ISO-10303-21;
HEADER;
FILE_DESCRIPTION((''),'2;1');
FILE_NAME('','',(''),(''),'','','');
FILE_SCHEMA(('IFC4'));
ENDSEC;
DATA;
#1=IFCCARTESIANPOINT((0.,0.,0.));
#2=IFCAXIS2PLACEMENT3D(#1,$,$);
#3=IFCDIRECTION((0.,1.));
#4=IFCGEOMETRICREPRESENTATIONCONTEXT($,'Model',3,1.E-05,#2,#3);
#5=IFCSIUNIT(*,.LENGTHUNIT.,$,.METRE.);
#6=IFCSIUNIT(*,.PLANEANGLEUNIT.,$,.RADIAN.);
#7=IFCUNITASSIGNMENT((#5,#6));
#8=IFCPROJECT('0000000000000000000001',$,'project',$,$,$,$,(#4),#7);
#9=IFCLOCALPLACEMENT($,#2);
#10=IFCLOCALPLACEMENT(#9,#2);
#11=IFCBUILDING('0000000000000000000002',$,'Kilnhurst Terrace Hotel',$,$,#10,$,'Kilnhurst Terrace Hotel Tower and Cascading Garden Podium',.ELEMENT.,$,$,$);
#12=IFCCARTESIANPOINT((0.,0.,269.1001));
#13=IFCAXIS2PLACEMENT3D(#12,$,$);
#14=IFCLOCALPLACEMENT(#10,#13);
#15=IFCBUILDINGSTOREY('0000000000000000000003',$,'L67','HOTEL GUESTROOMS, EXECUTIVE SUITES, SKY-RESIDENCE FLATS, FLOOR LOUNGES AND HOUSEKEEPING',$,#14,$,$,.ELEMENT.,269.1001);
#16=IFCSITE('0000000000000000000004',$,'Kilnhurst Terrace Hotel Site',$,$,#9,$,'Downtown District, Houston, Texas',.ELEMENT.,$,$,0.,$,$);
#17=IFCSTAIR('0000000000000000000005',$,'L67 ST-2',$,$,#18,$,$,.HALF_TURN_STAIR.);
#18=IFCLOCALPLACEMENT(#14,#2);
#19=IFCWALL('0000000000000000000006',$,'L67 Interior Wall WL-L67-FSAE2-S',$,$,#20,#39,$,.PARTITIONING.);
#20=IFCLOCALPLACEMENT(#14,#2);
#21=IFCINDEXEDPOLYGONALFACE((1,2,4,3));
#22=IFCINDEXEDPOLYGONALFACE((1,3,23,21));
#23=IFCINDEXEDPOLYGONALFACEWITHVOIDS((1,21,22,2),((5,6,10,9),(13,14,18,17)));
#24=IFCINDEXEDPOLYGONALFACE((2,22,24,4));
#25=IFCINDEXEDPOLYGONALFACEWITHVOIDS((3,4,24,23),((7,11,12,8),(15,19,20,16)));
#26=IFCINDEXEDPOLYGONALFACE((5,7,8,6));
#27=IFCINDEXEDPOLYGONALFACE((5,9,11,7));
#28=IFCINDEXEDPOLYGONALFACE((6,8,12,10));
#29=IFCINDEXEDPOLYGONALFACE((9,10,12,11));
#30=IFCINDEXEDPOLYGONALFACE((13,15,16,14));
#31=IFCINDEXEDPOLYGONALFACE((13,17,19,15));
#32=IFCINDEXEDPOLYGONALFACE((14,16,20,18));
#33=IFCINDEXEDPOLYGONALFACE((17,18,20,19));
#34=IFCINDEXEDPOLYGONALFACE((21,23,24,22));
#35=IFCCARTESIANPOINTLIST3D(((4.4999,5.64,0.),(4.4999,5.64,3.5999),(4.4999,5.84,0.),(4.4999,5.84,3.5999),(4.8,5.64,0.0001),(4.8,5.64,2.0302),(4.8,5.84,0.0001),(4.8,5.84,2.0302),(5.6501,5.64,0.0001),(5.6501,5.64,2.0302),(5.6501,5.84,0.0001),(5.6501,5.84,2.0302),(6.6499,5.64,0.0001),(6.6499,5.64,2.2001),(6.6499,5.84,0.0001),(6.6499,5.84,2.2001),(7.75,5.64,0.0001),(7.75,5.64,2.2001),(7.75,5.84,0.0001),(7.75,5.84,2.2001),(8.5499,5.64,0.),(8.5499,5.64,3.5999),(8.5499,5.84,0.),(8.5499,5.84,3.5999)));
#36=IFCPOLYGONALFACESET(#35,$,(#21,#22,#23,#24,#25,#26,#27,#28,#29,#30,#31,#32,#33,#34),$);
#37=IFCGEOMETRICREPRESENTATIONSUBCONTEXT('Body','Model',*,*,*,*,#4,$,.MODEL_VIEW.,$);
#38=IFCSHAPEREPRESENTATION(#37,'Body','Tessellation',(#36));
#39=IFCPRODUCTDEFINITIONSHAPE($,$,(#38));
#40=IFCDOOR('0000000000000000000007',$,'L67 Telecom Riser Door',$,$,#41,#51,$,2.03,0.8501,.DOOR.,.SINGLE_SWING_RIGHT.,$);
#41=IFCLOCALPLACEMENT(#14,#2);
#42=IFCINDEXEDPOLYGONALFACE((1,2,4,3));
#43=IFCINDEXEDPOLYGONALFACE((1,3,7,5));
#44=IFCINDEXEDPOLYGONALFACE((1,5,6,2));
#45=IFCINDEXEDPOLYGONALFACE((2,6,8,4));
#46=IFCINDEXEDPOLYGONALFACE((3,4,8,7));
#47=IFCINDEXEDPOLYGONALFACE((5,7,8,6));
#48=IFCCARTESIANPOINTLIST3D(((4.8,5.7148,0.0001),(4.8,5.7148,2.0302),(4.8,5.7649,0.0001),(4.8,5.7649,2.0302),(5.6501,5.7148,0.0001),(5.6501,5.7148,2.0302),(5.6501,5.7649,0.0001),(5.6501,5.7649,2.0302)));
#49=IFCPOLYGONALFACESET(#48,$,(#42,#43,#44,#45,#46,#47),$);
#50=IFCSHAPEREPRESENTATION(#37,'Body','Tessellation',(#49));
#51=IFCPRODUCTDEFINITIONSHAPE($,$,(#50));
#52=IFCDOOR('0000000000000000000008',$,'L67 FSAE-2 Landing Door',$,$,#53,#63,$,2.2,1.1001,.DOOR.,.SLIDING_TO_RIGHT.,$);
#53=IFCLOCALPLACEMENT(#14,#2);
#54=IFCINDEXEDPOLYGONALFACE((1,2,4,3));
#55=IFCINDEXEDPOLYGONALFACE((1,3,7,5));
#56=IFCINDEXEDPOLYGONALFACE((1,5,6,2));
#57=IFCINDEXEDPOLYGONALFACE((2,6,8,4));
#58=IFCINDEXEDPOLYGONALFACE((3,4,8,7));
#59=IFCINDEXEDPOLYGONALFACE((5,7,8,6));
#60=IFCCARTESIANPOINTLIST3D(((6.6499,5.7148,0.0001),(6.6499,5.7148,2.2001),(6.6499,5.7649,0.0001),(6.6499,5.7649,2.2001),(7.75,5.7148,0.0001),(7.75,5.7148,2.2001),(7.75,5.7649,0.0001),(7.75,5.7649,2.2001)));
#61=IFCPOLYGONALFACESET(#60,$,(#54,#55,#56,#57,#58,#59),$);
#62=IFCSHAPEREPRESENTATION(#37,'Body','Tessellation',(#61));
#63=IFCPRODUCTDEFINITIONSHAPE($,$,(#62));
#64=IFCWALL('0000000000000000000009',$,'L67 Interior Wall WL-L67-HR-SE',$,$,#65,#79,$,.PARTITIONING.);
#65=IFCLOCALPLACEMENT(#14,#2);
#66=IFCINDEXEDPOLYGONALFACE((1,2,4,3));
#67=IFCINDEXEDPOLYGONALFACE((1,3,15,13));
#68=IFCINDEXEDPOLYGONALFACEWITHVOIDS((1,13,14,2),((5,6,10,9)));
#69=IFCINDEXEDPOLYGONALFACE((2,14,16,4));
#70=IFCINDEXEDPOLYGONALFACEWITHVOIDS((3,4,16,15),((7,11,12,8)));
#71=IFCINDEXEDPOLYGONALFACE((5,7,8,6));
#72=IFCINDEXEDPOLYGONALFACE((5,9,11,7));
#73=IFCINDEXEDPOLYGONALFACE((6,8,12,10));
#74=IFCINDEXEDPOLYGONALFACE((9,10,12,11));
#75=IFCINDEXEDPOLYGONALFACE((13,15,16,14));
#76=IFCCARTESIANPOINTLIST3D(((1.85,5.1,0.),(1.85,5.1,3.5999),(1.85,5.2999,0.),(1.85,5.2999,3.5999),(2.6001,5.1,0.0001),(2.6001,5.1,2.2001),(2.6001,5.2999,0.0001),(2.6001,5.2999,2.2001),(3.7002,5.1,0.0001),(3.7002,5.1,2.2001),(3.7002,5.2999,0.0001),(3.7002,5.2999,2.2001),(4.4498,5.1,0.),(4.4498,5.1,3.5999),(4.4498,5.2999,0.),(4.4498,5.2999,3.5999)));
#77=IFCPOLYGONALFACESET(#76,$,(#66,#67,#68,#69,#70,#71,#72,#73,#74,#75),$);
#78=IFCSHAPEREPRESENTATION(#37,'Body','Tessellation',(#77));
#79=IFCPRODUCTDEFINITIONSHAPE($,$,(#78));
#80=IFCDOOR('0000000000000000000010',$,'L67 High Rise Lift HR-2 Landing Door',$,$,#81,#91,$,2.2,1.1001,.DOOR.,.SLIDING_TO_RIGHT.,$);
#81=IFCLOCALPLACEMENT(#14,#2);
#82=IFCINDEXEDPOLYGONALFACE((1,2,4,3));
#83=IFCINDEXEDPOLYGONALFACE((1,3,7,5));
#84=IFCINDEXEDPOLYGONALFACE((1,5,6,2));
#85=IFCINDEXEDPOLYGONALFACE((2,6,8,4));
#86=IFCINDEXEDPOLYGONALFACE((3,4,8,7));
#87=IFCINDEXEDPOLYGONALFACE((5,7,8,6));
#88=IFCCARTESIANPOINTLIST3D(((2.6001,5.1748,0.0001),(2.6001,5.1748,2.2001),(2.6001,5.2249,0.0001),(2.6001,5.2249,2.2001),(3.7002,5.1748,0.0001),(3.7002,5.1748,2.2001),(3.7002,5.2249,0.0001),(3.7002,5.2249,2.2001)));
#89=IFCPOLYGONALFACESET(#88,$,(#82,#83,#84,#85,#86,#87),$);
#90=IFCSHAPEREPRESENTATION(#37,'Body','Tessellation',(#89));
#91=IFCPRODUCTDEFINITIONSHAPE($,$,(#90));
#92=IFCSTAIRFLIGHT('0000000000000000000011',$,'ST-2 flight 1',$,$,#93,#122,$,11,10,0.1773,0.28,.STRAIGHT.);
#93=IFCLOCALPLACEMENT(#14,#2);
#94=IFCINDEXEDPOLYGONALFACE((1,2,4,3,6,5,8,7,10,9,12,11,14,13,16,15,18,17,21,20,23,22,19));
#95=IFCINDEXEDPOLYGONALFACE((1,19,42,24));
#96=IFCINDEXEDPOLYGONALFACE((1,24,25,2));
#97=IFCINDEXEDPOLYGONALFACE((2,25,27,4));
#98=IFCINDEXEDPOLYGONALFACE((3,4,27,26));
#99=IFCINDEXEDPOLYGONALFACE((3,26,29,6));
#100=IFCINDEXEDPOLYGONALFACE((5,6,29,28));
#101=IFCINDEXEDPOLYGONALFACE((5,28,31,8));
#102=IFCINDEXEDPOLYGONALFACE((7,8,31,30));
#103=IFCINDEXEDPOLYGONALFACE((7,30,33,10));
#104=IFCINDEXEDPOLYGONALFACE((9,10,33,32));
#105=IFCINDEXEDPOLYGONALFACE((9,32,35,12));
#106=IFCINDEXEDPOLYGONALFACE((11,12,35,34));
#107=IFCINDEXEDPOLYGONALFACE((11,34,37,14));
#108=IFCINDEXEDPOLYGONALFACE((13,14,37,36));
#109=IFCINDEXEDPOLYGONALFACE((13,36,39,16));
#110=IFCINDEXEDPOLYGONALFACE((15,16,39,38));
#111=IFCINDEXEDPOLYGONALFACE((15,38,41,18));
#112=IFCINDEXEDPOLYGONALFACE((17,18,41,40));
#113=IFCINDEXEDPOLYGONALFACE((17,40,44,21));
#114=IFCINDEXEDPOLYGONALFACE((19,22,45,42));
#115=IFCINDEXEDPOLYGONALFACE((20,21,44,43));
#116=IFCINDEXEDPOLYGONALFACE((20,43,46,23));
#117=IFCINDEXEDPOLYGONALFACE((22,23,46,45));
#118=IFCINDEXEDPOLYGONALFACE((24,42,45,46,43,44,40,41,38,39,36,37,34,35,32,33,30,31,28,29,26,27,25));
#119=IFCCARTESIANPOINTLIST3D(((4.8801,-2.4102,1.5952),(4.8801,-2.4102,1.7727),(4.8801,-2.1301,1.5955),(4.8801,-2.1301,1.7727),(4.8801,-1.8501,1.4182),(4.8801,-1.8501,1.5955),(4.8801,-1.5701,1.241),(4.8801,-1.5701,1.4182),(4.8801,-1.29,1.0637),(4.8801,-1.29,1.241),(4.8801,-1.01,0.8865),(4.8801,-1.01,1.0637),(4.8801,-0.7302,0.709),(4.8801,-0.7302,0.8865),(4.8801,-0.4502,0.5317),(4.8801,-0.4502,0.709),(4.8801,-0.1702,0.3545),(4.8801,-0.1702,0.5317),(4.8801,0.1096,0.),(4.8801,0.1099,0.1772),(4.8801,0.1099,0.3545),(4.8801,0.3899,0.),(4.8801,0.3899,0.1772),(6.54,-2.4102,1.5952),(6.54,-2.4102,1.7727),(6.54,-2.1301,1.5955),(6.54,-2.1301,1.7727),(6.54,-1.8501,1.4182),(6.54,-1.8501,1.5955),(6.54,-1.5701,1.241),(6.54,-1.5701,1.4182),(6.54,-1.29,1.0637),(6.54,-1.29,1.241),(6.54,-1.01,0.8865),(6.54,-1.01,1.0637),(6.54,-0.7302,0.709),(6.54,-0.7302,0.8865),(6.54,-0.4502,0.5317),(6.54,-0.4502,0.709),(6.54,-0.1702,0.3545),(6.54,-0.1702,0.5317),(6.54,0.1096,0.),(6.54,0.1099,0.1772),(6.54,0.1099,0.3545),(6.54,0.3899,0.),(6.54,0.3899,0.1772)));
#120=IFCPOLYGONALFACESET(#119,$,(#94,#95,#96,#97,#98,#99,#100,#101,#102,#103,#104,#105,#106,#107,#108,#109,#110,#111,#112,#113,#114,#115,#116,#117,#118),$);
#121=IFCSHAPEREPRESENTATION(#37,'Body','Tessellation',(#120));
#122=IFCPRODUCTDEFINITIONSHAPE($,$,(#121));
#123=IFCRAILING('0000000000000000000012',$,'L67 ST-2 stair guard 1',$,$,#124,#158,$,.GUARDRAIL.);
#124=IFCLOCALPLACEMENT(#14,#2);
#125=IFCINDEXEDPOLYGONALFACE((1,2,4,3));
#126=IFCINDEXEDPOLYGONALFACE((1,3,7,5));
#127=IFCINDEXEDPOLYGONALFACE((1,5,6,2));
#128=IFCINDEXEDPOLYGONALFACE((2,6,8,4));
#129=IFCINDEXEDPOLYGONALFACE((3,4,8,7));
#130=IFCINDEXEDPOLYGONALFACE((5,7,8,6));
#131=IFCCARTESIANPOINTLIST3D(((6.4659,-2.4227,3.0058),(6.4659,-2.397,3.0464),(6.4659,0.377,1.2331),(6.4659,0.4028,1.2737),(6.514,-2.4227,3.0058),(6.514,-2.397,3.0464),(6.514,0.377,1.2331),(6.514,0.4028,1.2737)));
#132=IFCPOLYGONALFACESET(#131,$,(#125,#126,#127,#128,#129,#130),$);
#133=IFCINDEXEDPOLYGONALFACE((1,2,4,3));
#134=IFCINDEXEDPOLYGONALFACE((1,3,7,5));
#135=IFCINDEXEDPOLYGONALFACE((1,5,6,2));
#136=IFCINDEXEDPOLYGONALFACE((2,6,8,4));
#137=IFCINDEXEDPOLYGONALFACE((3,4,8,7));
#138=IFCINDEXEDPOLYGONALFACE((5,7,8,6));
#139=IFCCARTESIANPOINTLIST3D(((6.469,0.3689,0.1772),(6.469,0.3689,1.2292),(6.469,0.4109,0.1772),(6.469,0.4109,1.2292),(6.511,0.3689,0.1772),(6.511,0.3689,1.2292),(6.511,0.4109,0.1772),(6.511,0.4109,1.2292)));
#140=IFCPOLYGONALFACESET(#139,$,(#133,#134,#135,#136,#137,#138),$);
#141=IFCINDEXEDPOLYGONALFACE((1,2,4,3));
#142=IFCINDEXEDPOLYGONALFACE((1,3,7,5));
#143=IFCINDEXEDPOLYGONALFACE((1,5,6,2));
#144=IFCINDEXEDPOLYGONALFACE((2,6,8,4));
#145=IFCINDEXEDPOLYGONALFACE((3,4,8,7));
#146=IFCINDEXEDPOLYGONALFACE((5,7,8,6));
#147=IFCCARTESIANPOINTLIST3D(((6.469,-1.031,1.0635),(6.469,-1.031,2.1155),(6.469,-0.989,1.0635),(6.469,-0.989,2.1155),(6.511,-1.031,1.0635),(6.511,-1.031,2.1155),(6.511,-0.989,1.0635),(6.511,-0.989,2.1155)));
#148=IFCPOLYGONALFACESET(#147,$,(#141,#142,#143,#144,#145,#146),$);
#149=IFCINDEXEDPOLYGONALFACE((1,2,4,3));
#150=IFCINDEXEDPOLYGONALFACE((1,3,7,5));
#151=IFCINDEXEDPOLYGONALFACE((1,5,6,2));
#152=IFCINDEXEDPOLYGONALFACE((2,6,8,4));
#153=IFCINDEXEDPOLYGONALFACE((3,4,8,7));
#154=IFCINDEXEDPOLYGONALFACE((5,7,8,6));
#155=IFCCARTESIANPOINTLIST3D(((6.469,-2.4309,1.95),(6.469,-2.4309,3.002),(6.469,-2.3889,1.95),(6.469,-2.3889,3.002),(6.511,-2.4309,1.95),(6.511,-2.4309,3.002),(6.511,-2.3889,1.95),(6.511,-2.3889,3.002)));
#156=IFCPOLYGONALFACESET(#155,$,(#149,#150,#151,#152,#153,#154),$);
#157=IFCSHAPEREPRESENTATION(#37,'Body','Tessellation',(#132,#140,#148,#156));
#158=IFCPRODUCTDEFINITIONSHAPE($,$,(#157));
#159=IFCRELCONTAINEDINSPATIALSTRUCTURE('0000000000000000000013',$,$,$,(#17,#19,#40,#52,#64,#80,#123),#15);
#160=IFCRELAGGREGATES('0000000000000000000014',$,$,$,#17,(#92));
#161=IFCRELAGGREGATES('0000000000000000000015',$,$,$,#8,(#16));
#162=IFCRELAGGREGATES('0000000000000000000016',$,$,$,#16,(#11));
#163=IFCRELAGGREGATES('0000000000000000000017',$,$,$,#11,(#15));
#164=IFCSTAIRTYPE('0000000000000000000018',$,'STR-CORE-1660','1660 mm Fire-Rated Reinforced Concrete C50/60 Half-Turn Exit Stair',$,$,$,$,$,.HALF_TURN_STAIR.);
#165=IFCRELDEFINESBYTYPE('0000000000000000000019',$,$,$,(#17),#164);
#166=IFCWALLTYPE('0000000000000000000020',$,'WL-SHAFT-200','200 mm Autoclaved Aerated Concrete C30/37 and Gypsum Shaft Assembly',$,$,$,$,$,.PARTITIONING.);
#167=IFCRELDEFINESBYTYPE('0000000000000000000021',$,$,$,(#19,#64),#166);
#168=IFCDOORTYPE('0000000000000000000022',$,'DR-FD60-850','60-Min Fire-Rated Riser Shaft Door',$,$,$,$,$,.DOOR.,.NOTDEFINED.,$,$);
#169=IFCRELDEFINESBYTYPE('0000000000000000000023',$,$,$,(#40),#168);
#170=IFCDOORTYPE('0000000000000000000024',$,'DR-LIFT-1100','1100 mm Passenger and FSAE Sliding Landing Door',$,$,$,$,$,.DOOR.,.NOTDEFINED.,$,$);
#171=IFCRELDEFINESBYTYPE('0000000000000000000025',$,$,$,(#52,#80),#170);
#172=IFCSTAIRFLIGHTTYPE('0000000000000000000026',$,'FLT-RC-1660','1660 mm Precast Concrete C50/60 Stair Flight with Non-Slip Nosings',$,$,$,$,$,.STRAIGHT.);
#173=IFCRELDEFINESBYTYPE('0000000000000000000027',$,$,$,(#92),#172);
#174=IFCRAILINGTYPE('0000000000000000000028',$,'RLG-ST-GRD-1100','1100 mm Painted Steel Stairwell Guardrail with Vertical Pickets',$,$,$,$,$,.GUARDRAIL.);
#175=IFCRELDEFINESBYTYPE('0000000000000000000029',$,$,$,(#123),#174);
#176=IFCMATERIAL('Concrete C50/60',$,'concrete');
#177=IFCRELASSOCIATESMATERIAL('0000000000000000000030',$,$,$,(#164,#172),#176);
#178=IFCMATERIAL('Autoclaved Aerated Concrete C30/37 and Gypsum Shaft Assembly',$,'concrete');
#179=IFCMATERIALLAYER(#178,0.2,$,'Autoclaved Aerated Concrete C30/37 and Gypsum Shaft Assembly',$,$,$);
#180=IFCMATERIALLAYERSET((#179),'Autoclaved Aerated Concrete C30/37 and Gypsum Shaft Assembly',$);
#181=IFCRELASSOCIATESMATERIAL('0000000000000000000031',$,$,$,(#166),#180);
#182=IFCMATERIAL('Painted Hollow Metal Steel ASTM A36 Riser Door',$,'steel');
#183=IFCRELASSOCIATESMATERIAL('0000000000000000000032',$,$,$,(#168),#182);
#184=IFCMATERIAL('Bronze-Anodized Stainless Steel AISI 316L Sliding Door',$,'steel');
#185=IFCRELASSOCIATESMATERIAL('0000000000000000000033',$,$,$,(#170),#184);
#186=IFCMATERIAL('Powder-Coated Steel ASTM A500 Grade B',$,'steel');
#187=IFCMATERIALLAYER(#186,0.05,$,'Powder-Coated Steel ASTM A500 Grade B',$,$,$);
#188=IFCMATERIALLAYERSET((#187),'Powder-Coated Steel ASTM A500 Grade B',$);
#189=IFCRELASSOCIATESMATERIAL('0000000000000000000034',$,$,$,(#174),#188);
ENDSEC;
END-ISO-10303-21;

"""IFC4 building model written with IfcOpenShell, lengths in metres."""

from ifc_helpers import new_model, si_unit, direction, frame, frame_2d, origin, origin_2d, place, context, subcontext, project, spatial, polyline, rectangle, outline, extrude, material, layer, layer_set, type_object, element, fill, aggregate, save


model = new_model("IFC4")

# Units and contexts
model_context = context("Model", 3, precision=1e-05, world=origin(), true_north=direction((0.0, 1.0)))
body_context = subcontext(model_context, "Body", "Model", "MODEL_VIEW")
ifc_project = project(units=[si_unit("LENGTHUNIT", "METRE"), si_unit("PLANEANGLEUNIT", "RADIAN")], contexts=[model_context])

# Site, building, storey
site_placement = place(None, origin())
site = spatial("IfcSite", under=ifc_project, at=site_placement, Name="Kilnhurst Terrace Hotel Site", LongName="Downtown District, Houston, Texas", CompositionType="ELEMENT", RefElevation=0.0)
building_placement = place(site_placement, origin())
building = spatial("IfcBuilding", under=site, at=building_placement, Name="Kilnhurst Terrace Hotel", LongName="Kilnhurst Terrace Hotel Tower and Cascading Garden Podium", CompositionType="ELEMENT")
storey_placement = place(building_placement, frame((0.0, 0.0, 269.1001)))
storey = spatial("IfcBuildingStorey", under=building, at=storey_placement, Name="L67", Description="HOTEL GUESTROOMS, EXECUTIVE SUITES, SKY-RESIDENCE FLATS, FLOOR LOUNGES AND HOUSEKEEPING", CompositionType="ELEMENT", Elevation=269.1001)

# Shared definitions
ifc_material_1 = material(Name="Concrete C50/60", Category="concrete")

# Stair
stair_type = type_object("IfcStairType", Name="STR-CORE-1660", Description="1660 mm Fire-Rated Reinforced Concrete C50/60 Half-Turn Exit Stair", PredefinedType="HALF_TURN_STAIR", material=ifc_material_1)
stair_1_placement = place(storey_placement, origin())
stair_1 = element("IfcStair", 1, at=stair_1_placement, inside=storey, type_object=stair_type, Name="L67 ST-2", PredefinedType="HALF_TURN_STAIR")

# Wall, openings, doors
ifc_material_2 = material(Name="Autoclaved Aerated Concrete C30/37 and Gypsum Shaft Assembly", Category="concrete")
ifc_layer_1 = layer(ifc_material_2, 0.2, Name="Autoclaved Aerated Concrete C30/37 and Gypsum Shaft Assembly")
ifc_layer_set_1 = layer_set([ifc_layer_1], Name="Autoclaved Aerated Concrete C30/37 and Gypsum Shaft Assembly")
wall_type_1 = type_object("IfcWallType", Name="WL-SHAFT-200", Description="200 mm Autoclaved Aerated Concrete C30/37 and Gypsum Shaft Assembly", PredefinedType="PARTITIONING", material=ifc_layer_set_1)
wall_1_placement = place(storey_placement, frame((4.5, 5.74, 0.0), z_axis=(0.0, 0.0, 1.0), x_axis=(1.0, 0.0, 0.0)))
wall_1 = element("IfcWall", 2, at=wall_1_placement, inside=storey, type_object=wall_type_1, Name="L67 Interior Wall WL-L67-FSAE2-S", PredefinedType="PARTITIONING", context=body_context, shape_type="SweptSolid", body=[
    extrude(rectangle(XDim=4.05, YDim=0.2, at=frame_2d((2.0249, 0.0))), origin(), (0.0, 0.0, 1.0), 3.5999),
])
opening_1_placement = place(wall_1_placement, frame((0.3, 0.0, 0.0)))
opening_1 = element("IfcOpeningElement", 3, at=opening_1_placement, cuts=wall_1, PredefinedType="OPENING", context=body_context, shape_type="SweptSolid", body=[
    extrude(rectangle(XDim=0.8501, YDim=2.03, at=frame_2d((0.425, 1.0151))), frame((0.0, 0.1099, 0.0), z_axis=(0.0, -1.0, 0.0), x_axis=(1.0, 0.0, 0.0)), (0.0, 0.0, 1.0), 0.22),
])
opening_2_placement = place(wall_1_placement, frame((2.1499, 0.0, 0.0)))
opening_2 = element("IfcOpeningElement", 4, at=opening_2_placement, cuts=wall_1, PredefinedType="OPENING", context=body_context, shape_type="SweptSolid", body=[
    extrude(rectangle(XDim=1.1001, YDim=2.2, at=frame_2d((0.55, 1.1001))), frame((0.0, 0.1099, 0.0), z_axis=(0.0, -1.0, 0.0), x_axis=(1.0, 0.0, 0.0)), (0.0, 0.0, 1.0), 0.22),
])
ifc_material_3 = material(Name="Painted Hollow Metal Steel ASTM A36 Riser Door", Category="steel")
door_type_1 = type_object("IfcDoorType", Name="DR-FD60-850", Description="60-Min Fire-Rated Riser Shaft Door", OperationType="NOTDEFINED", PredefinedType="DOOR", material=ifc_material_3)
door_1_placement = place(opening_1_placement, origin())
door_1 = element("IfcDoor", 5, at=door_1_placement, inside=storey, type_object=door_type_1, Name="L67 Telecom Riser Door", OperationType="SINGLE_SWING_RIGHT", OverallHeight=2.03, OverallWidth=0.8501, PredefinedType="DOOR", context=body_context, shape_type="SweptSolid", body=[
    extrude(rectangle(XDim=0.8501, YDim=2.03, at=frame_2d((0.425, 1.0151))), frame((0.0, 0.0249, 0.0), z_axis=(0.0, -1.0, 0.0), x_axis=(1.0, 0.0, 0.0)), (0.0, 0.0, 1.0), 0.05),
])
fill(opening_1, door_1)
ifc_material_4 = material(Name="Bronze-Anodized Stainless Steel AISI 316L Sliding Door", Category="steel")
door_type_2 = type_object("IfcDoorType", Name="DR-LIFT-1100", Description="1100 mm Passenger and FSAE Sliding Landing Door", OperationType="NOTDEFINED", PredefinedType="DOOR", material=ifc_material_4)
door_2_placement = place(opening_2_placement, origin())
door_2 = element("IfcDoor", 6, at=door_2_placement, inside=storey, type_object=door_type_2, Name="L67 FSAE-2 Landing Door", OperationType="SLIDING_TO_RIGHT", OverallHeight=2.2, OverallWidth=1.1001, PredefinedType="DOOR", context=body_context, shape_type="SweptSolid", body=[
    extrude(rectangle(XDim=1.1001, YDim=2.2, at=frame_2d((0.55, 1.1001))), frame((0.0, 0.0249, 0.0), z_axis=(0.0, -1.0, 0.0), x_axis=(1.0, 0.0, 0.0)), (0.0, 0.0, 1.0), 0.05),
])
fill(opening_2, door_2)

# Wall, opening, door
wall_2_placement = place(storey_placement, frame((1.8501, 5.2, 0.0), z_axis=(0.0, 0.0, 1.0), x_axis=(1.0, 0.0, 0.0)))
wall_2 = element("IfcWall", 7, at=wall_2_placement, inside=storey, type_object=wall_type_1, Name="L67 Interior Wall WL-L67-HR-SE", PredefinedType="PARTITIONING", context=body_context, shape_type="SweptSolid", body=[
    extrude(rectangle(XDim=2.5999, YDim=0.2, at=frame_2d((1.2998, 0.0))), origin(), (0.0, 0.0, 1.0), 3.5999),
])
opening_3_placement = place(wall_2_placement, frame((0.75, 0.0, 0.0)))
opening_3 = element("IfcOpeningElement", 8, at=opening_3_placement, cuts=wall_2, PredefinedType="OPENING", context=body_context, shape_type="SweptSolid", body=[
    extrude(rectangle(XDim=1.1001, YDim=2.2, at=frame_2d((0.55, 1.1001))), frame((0.0, 0.1099, 0.0), z_axis=(0.0, -1.0, 0.0), x_axis=(1.0, 0.0, 0.0)), (0.0, 0.0, 1.0), 0.22),
])
door_3_placement = place(opening_3_placement, origin())
door_3 = element("IfcDoor", 9, at=door_3_placement, inside=storey, type_object=door_type_2, Name="L67 High Rise Lift HR-2 Landing Door", OperationType="SLIDING_TO_RIGHT", OverallHeight=2.2, OverallWidth=1.1001, PredefinedType="DOOR", context=body_context, shape_type="SweptSolid", body=[
    extrude(rectangle(XDim=1.1001, YDim=2.2, at=frame_2d((0.55, 1.1001))), frame((0.0, 0.0249, 0.0), z_axis=(0.0, -1.0, 0.0), x_axis=(1.0, 0.0, 0.0)), (0.0, 0.0, 1.0), 0.05),
])
fill(opening_3, door_3)

# Stair flight
stair_flight_type = type_object("IfcStairFlightType", Name="FLT-RC-1660", Description="1660 mm Precast Concrete C50/60 Stair Flight with Non-Slip Nosings", PredefinedType="STRAIGHT", material=ifc_material_1)
stair_flight_placement = place(storey_placement, frame((5.71, 0.3899, 0.0), z_axis=(0.0, 0.0, 1.0), x_axis=(0.0, -1.0, 0.0)))
stair_flight = element("IfcStairFlight", 10, at=stair_flight_placement, type_object=stair_flight_type, Name="ST-2 flight 1", NumberOfRisers=11, NumberOfTreads=10, PredefinedType="STRAIGHT", RiserHeight=0.1773, TreadLength=0.28, context=body_context, shape_type="SweptSolid", body=[
    extrude(outline(polyline([(0.0, 0.0), (0.0, 0.1772), (0.28, 0.1772), (0.28, 0.3545), (0.5601, 0.3545), (0.5601, 0.5317), (0.8401, 0.5317), (0.8401, 0.709), (1.1201, 0.709), (1.1201, 0.8865), (1.3999, 0.8865), (1.3999, 1.0637), (1.6799, 1.0637), (1.6799, 1.241), (1.96, 1.241), (1.96, 1.4182), (2.24, 1.4182), (2.24, 1.5955), (2.52, 1.5955), (2.52, 1.7727), (2.8, 1.7727), (2.8, 1.95), (2.8, 1.5952), (0.2803, 0.0), (0.0, 0.0)])), frame((0.0, 0.8301, 0.0), z_axis=(0.0, -1.0, 0.0), x_axis=(1.0, 0.0, 0.0)), (0.0, 0.0, 1.0), 1.6599),
])
aggregate(stair_1, [stair_flight])

# Railing
ifc_material_5 = material(Name="Powder-Coated Steel ASTM A500 Grade B", Category="steel")
ifc_layer_2 = layer(ifc_material_5, 0.05, Name="Powder-Coated Steel ASTM A500 Grade B")
ifc_layer_set_2 = layer_set([ifc_layer_2], Name="Powder-Coated Steel ASTM A500 Grade B")
railing_type_1 = type_object("IfcRailingType", Name="RLG-ST-GRD-1100", Description="1100 mm Painted Steel Stairwell Guardrail with Vertical Pickets", PredefinedType="GUARDRAIL", material=ifc_layer_set_2)
railing_1_placement = place(storey_placement, frame((6.49, 0.3899, 0.1772)))
element("IfcRailing", 11, at=railing_1_placement, inside=storey, type_object=railing_type_1, Name="L67 ST-2 stair guard 1", PredefinedType="GUARDRAIL", context=body_context, shape_type="SweptSolid", body=[
    extrude(rectangle(XDim=0.0481, YDim=0.0481, at=origin_2d()), frame((0.0, 0.0, 1.0762), z_axis=(0.0, -0.844888, 0.534943), x_axis=(1.0, 0.0, 0.0)), (0.0, 0.0, 1.0), 3.3137),
    extrude(rectangle(XDim=0.042, YDim=0.042, at=origin_2d()), origin(), (0.0, 0.0, 1.0), 1.052),
    extrude(rectangle(XDim=0.042, YDim=0.042, at=origin_2d()), frame((0.0, -1.3999, 0.8862)), (0.0, 0.0, 1.0), 1.052),
    extrude(rectangle(XDim=0.042, YDim=0.042, at=origin_2d()), frame((0.0, -2.7998, 1.7727)), (0.0, 0.0, 1.0), 1.052),
])

save(model, "model.ifc")
